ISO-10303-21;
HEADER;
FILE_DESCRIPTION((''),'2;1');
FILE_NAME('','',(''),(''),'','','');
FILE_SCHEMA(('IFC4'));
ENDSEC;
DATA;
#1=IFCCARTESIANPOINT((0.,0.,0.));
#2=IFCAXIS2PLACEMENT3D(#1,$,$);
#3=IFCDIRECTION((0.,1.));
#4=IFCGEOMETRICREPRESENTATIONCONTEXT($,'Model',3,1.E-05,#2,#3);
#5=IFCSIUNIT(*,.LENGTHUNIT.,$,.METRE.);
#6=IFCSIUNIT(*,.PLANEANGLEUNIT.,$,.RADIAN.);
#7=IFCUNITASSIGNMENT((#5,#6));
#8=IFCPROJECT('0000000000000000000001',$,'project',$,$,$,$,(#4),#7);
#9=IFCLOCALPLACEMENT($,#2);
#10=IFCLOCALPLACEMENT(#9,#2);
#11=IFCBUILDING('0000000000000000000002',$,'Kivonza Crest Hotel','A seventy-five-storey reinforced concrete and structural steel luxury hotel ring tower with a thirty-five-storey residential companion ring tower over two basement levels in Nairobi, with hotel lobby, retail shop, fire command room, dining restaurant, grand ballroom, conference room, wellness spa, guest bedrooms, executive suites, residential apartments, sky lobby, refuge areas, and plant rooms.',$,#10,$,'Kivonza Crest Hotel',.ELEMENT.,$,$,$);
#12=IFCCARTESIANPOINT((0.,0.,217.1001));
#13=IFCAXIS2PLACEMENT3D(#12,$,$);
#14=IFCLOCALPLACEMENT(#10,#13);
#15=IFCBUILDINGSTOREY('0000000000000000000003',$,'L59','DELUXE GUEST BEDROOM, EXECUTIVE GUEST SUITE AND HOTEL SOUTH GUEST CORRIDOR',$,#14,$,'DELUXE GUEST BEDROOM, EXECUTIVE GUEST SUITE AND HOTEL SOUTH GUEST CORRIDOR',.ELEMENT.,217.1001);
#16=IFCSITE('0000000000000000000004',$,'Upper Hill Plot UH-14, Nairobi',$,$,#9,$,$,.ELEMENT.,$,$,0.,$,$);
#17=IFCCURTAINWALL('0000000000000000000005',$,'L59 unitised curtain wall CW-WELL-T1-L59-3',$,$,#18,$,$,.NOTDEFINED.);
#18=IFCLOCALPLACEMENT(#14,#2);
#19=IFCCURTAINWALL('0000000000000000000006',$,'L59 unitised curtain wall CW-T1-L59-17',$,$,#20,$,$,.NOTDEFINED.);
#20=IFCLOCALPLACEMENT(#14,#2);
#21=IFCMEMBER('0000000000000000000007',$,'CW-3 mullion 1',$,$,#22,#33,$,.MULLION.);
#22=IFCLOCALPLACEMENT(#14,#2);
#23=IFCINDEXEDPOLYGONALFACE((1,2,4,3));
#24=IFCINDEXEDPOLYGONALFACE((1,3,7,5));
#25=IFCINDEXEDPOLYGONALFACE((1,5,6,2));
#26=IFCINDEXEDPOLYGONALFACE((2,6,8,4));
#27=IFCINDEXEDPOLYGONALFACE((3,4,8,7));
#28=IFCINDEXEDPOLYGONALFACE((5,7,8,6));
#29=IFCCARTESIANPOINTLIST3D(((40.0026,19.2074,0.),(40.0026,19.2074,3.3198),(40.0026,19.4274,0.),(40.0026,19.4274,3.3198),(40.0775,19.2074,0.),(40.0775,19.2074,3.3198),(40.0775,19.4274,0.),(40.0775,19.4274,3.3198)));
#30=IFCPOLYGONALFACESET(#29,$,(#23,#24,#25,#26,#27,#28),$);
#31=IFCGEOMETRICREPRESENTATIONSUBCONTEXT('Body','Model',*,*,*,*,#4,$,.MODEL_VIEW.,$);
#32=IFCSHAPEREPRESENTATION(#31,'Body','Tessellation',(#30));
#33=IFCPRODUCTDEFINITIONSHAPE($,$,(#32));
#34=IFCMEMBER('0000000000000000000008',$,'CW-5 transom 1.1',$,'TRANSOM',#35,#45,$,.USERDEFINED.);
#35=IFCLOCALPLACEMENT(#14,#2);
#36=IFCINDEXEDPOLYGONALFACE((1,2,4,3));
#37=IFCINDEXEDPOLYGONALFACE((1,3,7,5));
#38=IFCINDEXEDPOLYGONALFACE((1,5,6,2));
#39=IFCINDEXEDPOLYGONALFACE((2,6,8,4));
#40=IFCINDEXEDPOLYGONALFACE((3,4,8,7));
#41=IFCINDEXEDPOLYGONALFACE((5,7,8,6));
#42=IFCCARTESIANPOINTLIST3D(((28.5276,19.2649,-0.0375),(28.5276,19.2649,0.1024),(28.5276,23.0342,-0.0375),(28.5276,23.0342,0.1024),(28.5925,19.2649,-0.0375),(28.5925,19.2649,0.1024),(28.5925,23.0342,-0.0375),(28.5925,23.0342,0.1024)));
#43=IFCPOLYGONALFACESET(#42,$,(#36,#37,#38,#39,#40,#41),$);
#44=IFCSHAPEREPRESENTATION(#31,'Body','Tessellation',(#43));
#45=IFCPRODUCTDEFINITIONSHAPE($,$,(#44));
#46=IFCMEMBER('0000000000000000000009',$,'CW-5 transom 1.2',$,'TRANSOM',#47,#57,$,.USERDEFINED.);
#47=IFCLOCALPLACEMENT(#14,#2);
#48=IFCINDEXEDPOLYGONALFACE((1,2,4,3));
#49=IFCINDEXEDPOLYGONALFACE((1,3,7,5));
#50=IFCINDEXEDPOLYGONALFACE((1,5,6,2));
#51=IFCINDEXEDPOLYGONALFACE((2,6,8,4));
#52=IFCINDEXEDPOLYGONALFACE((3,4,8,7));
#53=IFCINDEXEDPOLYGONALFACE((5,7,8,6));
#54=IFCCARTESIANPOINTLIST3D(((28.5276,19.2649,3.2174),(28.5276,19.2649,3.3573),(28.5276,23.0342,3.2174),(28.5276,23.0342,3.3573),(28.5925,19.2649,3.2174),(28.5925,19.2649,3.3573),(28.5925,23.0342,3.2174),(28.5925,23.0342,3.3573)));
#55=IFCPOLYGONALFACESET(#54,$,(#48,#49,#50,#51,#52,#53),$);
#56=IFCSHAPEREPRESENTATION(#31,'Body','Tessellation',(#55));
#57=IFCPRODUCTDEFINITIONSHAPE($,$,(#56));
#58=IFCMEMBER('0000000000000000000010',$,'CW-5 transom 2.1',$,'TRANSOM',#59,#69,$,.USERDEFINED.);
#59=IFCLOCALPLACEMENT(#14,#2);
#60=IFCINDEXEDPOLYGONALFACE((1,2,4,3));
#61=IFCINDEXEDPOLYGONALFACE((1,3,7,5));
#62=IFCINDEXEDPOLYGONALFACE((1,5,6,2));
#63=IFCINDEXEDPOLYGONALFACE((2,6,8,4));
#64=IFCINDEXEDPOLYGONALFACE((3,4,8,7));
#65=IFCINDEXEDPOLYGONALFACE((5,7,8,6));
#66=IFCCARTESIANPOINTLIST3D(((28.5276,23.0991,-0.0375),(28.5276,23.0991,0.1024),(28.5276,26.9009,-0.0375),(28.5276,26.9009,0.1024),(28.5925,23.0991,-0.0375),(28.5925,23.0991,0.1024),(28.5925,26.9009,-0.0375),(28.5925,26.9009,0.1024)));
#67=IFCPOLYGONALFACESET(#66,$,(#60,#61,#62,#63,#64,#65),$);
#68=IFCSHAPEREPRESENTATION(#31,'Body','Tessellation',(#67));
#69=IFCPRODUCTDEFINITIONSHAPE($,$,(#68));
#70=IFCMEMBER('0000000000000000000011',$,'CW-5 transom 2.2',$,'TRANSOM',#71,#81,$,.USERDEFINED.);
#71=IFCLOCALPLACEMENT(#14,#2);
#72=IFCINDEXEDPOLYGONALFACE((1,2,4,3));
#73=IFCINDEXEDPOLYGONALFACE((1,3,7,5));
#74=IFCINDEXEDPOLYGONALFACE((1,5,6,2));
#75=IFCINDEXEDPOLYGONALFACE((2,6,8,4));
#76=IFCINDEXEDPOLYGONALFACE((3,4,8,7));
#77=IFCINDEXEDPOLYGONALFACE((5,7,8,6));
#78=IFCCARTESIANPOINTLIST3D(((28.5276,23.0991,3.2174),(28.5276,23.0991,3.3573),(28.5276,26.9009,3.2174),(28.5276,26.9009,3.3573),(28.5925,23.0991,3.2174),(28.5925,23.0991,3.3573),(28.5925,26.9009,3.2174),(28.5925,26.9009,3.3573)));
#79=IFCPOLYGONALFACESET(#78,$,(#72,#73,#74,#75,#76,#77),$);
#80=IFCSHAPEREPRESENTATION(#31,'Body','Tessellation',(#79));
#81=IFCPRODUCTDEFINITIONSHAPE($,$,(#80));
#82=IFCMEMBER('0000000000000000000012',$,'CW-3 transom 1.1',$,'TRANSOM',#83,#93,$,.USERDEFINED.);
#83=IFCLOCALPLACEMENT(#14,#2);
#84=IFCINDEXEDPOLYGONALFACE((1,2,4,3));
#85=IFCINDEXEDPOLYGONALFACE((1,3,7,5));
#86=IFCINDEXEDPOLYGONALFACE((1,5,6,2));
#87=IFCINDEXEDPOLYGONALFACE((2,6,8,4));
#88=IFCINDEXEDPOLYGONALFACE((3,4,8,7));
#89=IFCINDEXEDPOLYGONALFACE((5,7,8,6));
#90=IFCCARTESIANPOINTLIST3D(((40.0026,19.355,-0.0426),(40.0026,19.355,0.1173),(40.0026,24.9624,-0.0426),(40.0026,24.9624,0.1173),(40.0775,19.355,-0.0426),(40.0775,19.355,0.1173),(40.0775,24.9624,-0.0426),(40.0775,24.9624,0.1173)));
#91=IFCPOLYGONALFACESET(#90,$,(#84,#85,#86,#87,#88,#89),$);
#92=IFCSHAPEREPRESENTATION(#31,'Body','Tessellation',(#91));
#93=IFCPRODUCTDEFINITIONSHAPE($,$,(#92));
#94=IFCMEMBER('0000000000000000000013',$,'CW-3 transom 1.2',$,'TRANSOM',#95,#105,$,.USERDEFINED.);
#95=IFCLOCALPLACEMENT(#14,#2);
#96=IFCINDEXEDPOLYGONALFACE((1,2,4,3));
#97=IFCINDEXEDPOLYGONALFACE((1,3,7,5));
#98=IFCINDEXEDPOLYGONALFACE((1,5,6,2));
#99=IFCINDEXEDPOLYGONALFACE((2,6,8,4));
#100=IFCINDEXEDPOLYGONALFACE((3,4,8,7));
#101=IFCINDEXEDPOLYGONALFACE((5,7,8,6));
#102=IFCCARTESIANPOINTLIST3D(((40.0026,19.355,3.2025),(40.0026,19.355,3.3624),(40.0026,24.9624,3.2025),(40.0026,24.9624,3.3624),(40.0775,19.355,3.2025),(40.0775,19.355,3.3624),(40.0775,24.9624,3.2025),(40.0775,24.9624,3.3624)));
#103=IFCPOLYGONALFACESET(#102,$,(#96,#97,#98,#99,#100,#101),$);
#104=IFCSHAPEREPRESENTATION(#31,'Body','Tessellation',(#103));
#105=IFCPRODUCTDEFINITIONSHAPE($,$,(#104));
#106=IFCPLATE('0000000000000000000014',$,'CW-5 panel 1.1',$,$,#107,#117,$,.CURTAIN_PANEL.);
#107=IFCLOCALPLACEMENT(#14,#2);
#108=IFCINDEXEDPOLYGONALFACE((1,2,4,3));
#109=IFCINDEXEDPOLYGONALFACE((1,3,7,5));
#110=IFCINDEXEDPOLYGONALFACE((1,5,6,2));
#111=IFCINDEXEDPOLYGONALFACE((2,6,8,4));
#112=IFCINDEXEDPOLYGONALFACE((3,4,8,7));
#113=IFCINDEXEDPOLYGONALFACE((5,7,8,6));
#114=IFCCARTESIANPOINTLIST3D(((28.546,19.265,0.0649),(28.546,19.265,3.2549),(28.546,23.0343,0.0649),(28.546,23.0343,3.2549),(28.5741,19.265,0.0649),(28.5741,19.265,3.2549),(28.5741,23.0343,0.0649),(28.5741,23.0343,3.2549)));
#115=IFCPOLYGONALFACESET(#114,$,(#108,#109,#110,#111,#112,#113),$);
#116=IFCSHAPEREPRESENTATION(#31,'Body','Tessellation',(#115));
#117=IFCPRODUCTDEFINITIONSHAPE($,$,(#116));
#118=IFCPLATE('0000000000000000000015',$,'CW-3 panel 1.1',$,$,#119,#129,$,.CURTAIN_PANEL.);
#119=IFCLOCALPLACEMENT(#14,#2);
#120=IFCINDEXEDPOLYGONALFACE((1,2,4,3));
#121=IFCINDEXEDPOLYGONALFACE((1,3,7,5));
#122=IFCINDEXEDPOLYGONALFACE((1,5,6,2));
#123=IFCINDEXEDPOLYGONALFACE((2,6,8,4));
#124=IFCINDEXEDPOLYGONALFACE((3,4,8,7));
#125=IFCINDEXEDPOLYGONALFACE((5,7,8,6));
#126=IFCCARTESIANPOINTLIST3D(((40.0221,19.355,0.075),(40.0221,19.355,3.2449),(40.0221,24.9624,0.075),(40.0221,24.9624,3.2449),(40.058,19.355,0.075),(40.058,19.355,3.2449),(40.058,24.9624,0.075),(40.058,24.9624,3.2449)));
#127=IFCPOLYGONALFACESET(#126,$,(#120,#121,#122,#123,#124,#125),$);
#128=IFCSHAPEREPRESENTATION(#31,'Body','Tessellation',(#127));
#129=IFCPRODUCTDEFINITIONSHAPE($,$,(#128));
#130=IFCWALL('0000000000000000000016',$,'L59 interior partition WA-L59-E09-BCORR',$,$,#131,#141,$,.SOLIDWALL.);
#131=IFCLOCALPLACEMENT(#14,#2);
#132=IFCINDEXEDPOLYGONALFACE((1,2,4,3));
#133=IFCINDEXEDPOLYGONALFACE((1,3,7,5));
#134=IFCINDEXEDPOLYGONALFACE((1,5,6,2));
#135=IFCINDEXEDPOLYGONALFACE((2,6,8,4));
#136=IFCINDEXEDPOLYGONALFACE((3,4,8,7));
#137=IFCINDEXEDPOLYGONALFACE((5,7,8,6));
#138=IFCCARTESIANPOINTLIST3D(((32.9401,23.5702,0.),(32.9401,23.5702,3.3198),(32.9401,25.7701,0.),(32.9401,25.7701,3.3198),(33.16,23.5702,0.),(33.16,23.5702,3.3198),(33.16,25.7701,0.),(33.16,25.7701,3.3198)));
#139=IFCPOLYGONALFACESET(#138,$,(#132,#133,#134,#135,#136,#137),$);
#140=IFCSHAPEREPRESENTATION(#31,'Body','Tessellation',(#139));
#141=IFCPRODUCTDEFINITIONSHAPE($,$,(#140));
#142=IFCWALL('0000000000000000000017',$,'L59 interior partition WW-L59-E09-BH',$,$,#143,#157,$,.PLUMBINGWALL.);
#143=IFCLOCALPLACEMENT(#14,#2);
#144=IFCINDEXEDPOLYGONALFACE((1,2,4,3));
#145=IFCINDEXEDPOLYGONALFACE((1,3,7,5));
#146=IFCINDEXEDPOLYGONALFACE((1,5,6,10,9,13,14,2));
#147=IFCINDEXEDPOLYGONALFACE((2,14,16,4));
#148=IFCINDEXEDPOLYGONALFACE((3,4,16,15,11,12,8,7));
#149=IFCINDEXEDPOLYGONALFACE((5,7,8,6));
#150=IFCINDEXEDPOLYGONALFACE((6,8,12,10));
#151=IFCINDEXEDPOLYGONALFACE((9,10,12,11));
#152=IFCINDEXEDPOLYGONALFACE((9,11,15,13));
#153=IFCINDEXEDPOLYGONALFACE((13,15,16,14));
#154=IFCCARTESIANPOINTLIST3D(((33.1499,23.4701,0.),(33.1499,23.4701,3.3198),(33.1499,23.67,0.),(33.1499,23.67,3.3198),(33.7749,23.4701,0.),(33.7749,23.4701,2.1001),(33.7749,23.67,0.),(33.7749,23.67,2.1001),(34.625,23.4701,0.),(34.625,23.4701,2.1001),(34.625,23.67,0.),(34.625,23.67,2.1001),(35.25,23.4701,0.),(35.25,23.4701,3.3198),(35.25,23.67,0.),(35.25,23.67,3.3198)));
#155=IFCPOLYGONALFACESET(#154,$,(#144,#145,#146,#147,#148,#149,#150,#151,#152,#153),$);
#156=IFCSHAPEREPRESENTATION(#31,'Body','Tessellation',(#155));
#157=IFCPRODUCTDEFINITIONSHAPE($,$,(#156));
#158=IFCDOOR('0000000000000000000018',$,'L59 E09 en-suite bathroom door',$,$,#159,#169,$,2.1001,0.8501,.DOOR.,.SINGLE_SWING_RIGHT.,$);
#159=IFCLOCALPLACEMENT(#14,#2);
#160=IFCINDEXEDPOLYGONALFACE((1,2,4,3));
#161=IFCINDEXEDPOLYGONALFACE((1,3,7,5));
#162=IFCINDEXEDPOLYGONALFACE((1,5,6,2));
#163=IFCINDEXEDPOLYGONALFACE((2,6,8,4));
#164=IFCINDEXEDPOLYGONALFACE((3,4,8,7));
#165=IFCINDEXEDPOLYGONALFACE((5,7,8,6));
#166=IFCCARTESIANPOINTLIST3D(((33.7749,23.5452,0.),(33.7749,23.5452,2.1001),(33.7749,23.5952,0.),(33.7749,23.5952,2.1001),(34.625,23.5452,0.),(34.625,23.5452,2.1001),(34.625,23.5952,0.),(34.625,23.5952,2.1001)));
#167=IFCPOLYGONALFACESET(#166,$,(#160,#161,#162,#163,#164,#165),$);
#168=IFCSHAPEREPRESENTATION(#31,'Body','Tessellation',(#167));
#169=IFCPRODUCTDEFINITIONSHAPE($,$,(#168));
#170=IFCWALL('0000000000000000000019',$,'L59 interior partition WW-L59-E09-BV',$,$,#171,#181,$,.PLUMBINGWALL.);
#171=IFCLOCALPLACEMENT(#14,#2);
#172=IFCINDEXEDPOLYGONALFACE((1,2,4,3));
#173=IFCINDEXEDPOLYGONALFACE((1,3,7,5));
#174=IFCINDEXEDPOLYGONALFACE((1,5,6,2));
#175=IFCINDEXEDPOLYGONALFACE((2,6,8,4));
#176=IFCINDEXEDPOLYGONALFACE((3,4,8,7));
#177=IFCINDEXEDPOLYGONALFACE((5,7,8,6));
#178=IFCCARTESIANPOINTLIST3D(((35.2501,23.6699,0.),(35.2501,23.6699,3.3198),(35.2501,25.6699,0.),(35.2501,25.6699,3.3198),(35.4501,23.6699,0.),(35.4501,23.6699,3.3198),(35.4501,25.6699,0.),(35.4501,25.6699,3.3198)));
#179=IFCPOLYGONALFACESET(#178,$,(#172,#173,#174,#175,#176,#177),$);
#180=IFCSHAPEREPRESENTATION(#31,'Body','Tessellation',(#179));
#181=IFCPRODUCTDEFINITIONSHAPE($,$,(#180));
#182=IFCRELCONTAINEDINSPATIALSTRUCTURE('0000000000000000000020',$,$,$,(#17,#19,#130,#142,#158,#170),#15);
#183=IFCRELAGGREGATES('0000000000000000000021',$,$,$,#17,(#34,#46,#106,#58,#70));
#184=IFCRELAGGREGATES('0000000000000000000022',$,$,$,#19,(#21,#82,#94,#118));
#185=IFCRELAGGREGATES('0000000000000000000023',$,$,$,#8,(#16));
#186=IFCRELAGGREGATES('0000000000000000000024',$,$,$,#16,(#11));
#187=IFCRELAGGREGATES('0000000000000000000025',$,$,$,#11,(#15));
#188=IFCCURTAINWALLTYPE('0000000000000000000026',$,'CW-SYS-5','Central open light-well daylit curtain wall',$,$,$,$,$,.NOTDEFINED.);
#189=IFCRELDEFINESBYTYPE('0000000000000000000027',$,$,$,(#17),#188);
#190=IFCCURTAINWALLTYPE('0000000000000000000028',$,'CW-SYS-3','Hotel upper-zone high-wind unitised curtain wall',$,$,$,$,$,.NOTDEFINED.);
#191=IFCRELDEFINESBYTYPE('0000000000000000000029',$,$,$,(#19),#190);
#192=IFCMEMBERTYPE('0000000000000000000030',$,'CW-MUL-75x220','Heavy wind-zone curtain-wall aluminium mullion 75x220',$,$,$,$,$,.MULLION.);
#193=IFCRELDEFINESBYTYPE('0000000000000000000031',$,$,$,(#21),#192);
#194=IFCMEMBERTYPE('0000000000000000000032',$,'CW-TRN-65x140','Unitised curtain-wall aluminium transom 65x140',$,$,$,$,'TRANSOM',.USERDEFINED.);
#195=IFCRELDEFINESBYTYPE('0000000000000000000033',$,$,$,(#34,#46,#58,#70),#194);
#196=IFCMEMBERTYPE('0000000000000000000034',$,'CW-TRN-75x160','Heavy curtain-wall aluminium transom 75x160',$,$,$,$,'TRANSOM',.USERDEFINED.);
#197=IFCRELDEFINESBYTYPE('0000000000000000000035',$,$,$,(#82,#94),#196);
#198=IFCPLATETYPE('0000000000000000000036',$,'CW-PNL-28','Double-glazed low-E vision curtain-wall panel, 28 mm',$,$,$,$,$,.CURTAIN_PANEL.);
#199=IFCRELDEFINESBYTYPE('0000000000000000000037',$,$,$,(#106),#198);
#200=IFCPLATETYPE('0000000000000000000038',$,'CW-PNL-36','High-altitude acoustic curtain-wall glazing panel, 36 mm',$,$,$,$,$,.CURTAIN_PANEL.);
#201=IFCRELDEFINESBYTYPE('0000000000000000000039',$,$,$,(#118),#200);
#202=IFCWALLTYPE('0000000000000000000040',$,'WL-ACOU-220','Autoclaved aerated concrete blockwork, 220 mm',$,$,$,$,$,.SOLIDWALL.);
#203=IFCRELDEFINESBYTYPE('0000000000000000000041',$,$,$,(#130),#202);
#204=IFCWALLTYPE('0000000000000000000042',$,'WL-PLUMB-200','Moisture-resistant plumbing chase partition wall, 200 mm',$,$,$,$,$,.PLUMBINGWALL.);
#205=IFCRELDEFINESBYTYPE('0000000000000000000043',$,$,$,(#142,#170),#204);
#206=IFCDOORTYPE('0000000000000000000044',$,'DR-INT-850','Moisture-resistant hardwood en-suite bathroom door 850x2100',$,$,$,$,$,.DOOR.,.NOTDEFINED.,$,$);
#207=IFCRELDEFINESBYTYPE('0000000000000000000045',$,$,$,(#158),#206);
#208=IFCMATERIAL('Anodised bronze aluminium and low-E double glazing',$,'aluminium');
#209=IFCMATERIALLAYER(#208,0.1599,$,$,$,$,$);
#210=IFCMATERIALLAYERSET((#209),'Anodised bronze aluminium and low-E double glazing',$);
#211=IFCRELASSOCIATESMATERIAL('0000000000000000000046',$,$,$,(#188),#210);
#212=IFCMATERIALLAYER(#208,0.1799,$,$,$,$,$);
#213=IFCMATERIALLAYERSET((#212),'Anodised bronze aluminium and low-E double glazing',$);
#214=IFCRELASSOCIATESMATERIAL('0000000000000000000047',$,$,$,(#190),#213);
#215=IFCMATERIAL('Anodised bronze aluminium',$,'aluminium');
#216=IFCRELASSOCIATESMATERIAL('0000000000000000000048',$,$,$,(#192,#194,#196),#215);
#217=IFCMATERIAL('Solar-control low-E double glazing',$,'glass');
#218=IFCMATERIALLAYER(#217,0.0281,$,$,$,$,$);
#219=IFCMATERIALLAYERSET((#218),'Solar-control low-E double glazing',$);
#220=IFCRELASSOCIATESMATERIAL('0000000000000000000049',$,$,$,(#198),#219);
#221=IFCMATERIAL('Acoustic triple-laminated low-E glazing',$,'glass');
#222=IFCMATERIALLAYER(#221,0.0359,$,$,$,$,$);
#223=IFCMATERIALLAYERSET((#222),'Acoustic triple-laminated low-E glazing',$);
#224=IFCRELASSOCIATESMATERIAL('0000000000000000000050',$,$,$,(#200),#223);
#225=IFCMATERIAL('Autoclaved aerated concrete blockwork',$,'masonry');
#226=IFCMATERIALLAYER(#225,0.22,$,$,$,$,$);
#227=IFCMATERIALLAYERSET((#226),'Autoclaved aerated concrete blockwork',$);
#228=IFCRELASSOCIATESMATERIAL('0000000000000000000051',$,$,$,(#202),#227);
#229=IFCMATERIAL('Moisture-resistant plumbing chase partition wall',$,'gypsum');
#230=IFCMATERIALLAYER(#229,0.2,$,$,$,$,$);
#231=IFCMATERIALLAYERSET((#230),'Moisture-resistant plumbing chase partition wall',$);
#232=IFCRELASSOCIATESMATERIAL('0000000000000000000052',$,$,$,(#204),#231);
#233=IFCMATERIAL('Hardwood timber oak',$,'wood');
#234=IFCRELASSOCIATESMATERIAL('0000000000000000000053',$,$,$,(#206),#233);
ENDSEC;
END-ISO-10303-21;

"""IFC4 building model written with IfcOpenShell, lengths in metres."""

from ifc_helpers import new_model, si_unit, direction, frame, frame_2d, origin, origin_2d, place, context, subcontext, project, spatial, rectangle, extrude, material, layer, layer_set, material_profile, profile_set, type_object, element, fill, aggregate, save


model = new_model("IFC4")

# Units and contexts
model_context = context("Model", 3, precision=1e-05, world=origin(), true_north=direction((0.0, 1.0)))
body_context = subcontext(model_context, "Body", "Model", "MODEL_VIEW")
ifc_project = project(units=[si_unit("LENGTHUNIT", "METRE"), si_unit("PLANEANGLEUNIT", "RADIAN")], contexts=[model_context])

# Site, building, storey
site_placement = place(None, origin())
site = spatial("IfcSite", under=ifc_project, at=site_placement, Name="Upper Hill Plot UH-14, Nairobi", CompositionType="ELEMENT", RefElevation=0.0)
building_placement = place(site_placement, origin())
building = spatial("IfcBuilding", under=site, at=building_placement, Name="Kivonza Crest Hotel", Description="A seventy-five-storey reinforced concrete and structural steel luxury hotel ring tower with a thirty-five-storey residential companion ring tower over two basement levels in Nairobi, with hotel lobby, retail shop, fire command room, dining restaurant, grand ballroom, conference room, wellness spa, guest bedrooms, executive suites, residential apartments, sky lobby, refuge areas, and plant rooms.", LongName="Kivonza Crest Hotel", CompositionType="ELEMENT")
storey_placement = place(building_placement, frame((0.0, 0.0, 217.1001)))
storey = spatial("IfcBuildingStorey", under=building, at=storey_placement, Name="L59", Description="DELUXE GUEST BEDROOM, EXECUTIVE GUEST SUITE AND HOTEL SOUTH GUEST CORRIDOR", LongName="DELUXE GUEST BEDROOM, EXECUTIVE GUEST SUITE AND HOTEL SOUTH GUEST CORRIDOR", CompositionType="ELEMENT", Elevation=217.1001)

# Curtain walls, member
ifc_material_1 = material(Name="Anodised bronze aluminium and low-E double glazing", Category="aluminium")
ifc_layer_1 = layer(ifc_material_1, 0.1599)
ifc_layer_set_1 = layer_set([ifc_layer_1], Name="Anodised bronze aluminium and low-E double glazing")
curtain_wall_type_1 = type_object("IfcCurtainWallType", Name="CW-SYS-5", Description="Central open light-well daylit curtain wall", PredefinedType="NOTDEFINED", material=ifc_layer_set_1)
curtain_wall_1_placement = place(storey_placement, origin())
curtain_wall_1 = element("IfcCurtainWall", 1, at=curtain_wall_1_placement, inside=storey, type_object=curtain_wall_type_1, Name="L59 unitised curtain wall CW-WELL-T1-L59-3", PredefinedType="NOTDEFINED")
ifc_material_2 = material(Name="Anodised bronze aluminium", Category="aluminium")
ifc_layer_2 = layer(ifc_material_1, 0.1799)
ifc_layer_set_2 = layer_set([ifc_layer_2], Name="Anodised bronze aluminium and low-E double glazing")
curtain_wall_type_2 = type_object("IfcCurtainWallType", Name="CW-SYS-3", Description="Hotel upper-zone high-wind unitised curtain wall", PredefinedType="NOTDEFINED", material=ifc_layer_set_2)
curtain_wall_2_placement = place(storey_placement, origin())
curtain_wall_2 = element("IfcCurtainWall", 2, at=curtain_wall_2_placement, inside=storey, type_object=curtain_wall_type_2, Name="L59 unitised curtain wall CW-T1-L59-17", PredefinedType="NOTDEFINED")
ifc_material_profile_1 = material_profile(ifc_material_2, rectangle(XDim=0.075, YDim=0.22, at=origin_2d()), Name="CW-M 75x220")
ifc_profile_set_1 = profile_set([ifc_material_profile_1], Name="Anodised bronze aluminium")
member_type_1 = type_object("IfcMemberType", Name="CW-MUL-75x220", Description="Heavy wind-zone curtain-wall aluminium mullion 75x220", PredefinedType="MULLION", material=ifc_profile_set_1)
member_1_placement = place(storey_placement, frame((40.04, 19.3174, 0.0), z_axis=(0.0, 0.0, 1.0), x_axis=(-1.0, 0.0, 0.0)))
member_1 = element("IfcMember", 3, at=member_1_placement, type_object=member_type_1, Name="CW-3 mullion 1", PredefinedType="MULLION", context=body_context, shape_type="SweptSolid", body=[
    extrude(rectangle(XDim=0.075, YDim=0.22, at=origin_2d()), origin(), (0.0, 0.0, 1.0), 3.3198),
])

# Members
ifc_material_profile_2 = material_profile(ifc_material_2, rectangle(XDim=0.0649, YDim=0.1399, at=origin_2d()), Name="CW-T 65x140")
ifc_profile_set_2 = profile_set([ifc_material_profile_2], Name="Anodised bronze aluminium")
member_type_2 = type_object("IfcMemberType", Name="CW-TRN-65x140", Description="Unitised curtain-wall aluminium transom 65x140", ElementType="TRANSOM", PredefinedType="USERDEFINED", material=ifc_profile_set_2)
member_2_placement = place(storey_placement, frame((28.5601, 19.2649, 0.0325), z_axis=(0.0, 1.0, 0.0), x_axis=(-1.0, 0.0, 0.0)))
member_2 = element("IfcMember", 4, at=member_2_placement, type_object=member_type_2, Name="CW-5 transom 1.1", ObjectType="TRANSOM", PredefinedType="USERDEFINED", context=body_context, shape_type="SweptSolid", body=[
    extrude(rectangle(XDim=0.0649, YDim=0.1399, at=origin_2d()), origin(), (0.0, 0.0, 1.0), 3.7693),
])
member_3_placement = place(storey_placement, frame((28.5601, 19.2649, 3.2874), z_axis=(0.0, 1.0, 0.0), x_axis=(-1.0, 0.0, 0.0)))
member_3 = element("IfcMember", 5, at=member_3_placement, type_object=member_type_2, Name="CW-5 transom 1.2", ObjectType="TRANSOM", PredefinedType="USERDEFINED", context=body_context, shape_type="SweptSolid", body=[
    extrude(rectangle(XDim=0.0649, YDim=0.1399, at=origin_2d()), origin(), (0.0, 0.0, 1.0), 3.7693),
])
member_4_placement = place(storey_placement, frame((28.5601, 23.0991, 0.0325), z_axis=(0.0, 1.0, 0.0), x_axis=(-1.0, 0.0, 0.0)))
member_4 = element("IfcMember", 6, at=member_4_placement, type_object=member_type_2, Name="CW-5 transom 2.1", ObjectType="TRANSOM", PredefinedType="USERDEFINED", context=body_context, shape_type="SweptSolid", body=[
    extrude(rectangle(XDim=0.0649, YDim=0.1399, at=origin_2d()), origin(), (0.0, 0.0, 1.0), 3.8018),
])
member_5_placement = place(storey_placement, frame((28.5601, 23.0991, 3.2874), z_axis=(0.0, 1.0, 0.0), x_axis=(-1.0, 0.0, 0.0)))
member_5 = element("IfcMember", 7, at=member_5_placement, type_object=member_type_2, Name="CW-5 transom 2.2", ObjectType="TRANSOM", PredefinedType="USERDEFINED", context=body_context, shape_type="SweptSolid", body=[
    extrude(rectangle(XDim=0.0649, YDim=0.1399, at=origin_2d()), origin(), (0.0, 0.0, 1.0), 3.8018),
])
ifc_material_profile_3 = material_profile(ifc_material_2, rectangle(XDim=0.075, YDim=0.1599, at=origin_2d()), Name="CW-T 75x160")
ifc_profile_set_3 = profile_set([ifc_material_profile_3], Name="Anodised bronze aluminium")
member_type_3 = type_object("IfcMemberType", Name="CW-TRN-75x160", Description="Heavy curtain-wall aluminium transom 75x160", ElementType="TRANSOM", PredefinedType="USERDEFINED", material=ifc_profile_set_3)
member_6_placement = place(storey_placement, frame((40.04, 19.355, 0.0374), z_axis=(0.0, 1.0, 0.0), x_axis=(-1.0, 0.0, 0.0)))
member_6 = element("IfcMember", 8, at=member_6_placement, type_object=member_type_3, Name="CW-3 transom 1.1", ObjectType="TRANSOM", PredefinedType="USERDEFINED", context=body_context, shape_type="SweptSolid", body=[
    extrude(rectangle(XDim=0.075, YDim=0.1599, at=origin_2d()), origin(), (0.0, 0.0, 1.0), 5.6074),
])
member_7_placement = place(storey_placement, frame((40.04, 19.355, 3.2825), z_axis=(0.0, 1.0, 0.0), x_axis=(-1.0, 0.0, 0.0)))
member_7 = element("IfcMember", 9, at=member_7_placement, type_object=member_type_3, Name="CW-3 transom 1.2", ObjectType="TRANSOM", PredefinedType="USERDEFINED", context=body_context, shape_type="SweptSolid", body=[
    extrude(rectangle(XDim=0.075, YDim=0.1599, at=origin_2d()), origin(), (0.0, 0.0, 1.0), 5.6074),
])

# Plates
ifc_material_3 = material(Name="Solar-control low-E double glazing", Category="glass")
ifc_layer_3 = layer(ifc_material_3, 0.0281)
ifc_layer_set_3 = layer_set([ifc_layer_3], Name="Solar-control low-E double glazing")
plate_type_1 = type_object("IfcPlateType", Name="CW-PNL-28", Description="Double-glazed low-E vision curtain-wall panel, 28 mm", PredefinedType="CURTAIN_PANEL", material=ifc_layer_set_3)
plate_1_placement = place(storey_placement, frame((28.5601, 21.1497, 0.0649), z_axis=(0.0, 0.0, 1.0), x_axis=(0.0, 1.0, 0.0)))
plate_1 = element("IfcPlate", 10, at=plate_1_placement, type_object=plate_type_1, Name="CW-5 panel 1.1", PredefinedType="CURTAIN_PANEL", context=body_context, shape_type="SweptSolid", body=[
    extrude(rectangle(XDim=3.7693, YDim=0.0281, at=origin_2d()), origin(), (0.0, 0.0, 1.0), 3.1899),
])
aggregate(curtain_wall_1, [member_2, member_3, plate_1, member_4, member_5])
ifc_material_4 = material(Name="Acoustic triple-laminated low-E glazing", Category="glass")
ifc_layer_4 = layer(ifc_material_4, 0.0359)
ifc_layer_set_4 = layer_set([ifc_layer_4], Name="Acoustic triple-laminated low-E glazing")
plate_type_2 = type_object("IfcPlateType", Name="CW-PNL-36", Description="High-altitude acoustic curtain-wall glazing panel, 36 mm", PredefinedType="CURTAIN_PANEL", material=ifc_layer_set_4)
plate_2_placement = place(storey_placement, frame((40.04, 22.1587, 0.075), z_axis=(0.0, 0.0, 1.0), x_axis=(0.0, 1.0, 0.0)))
plate_2 = element("IfcPlate", 11, at=plate_2_placement, type_object=plate_type_2, Name="CW-3 panel 1.1", PredefinedType="CURTAIN_PANEL", context=body_context, shape_type="SweptSolid", body=[
    extrude(rectangle(XDim=5.6074, YDim=0.0359, at=origin_2d()), origin(), (0.0, 0.0, 1.0), 3.1699),
])
aggregate(curtain_wall_2, [member_1, member_6, member_7, plate_2])

# Wall
ifc_material_5 = material(Name="Autoclaved aerated concrete blockwork", Category="masonry")
ifc_layer_5 = layer(ifc_material_5, 0.22)
ifc_layer_set_5 = layer_set([ifc_layer_5], Name="Autoclaved aerated concrete blockwork")
wall_type_1 = type_object("IfcWallType", Name="WL-ACOU-220", Description="Autoclaved aerated concrete blockwork, 220 mm", PredefinedType="SOLIDWALL", material=ifc_layer_set_5)
wall_1_placement = place(storey_placement, frame((33.05, 23.5701, 0.0), z_axis=(0.0, 0.0, 1.0), x_axis=(0.0, 1.0, 0.0)))
element("IfcWall", 12, at=wall_1_placement, inside=storey, type_object=wall_type_1, Name="L59 interior partition WA-L59-E09-BCORR", PredefinedType="SOLIDWALL", context=body_context, shape_type="SweptSolid", body=[
    extrude(rectangle(XDim=2.2, YDim=0.22, at=frame_2d((1.1001, 0.0))), origin(), (0.0, 0.0, 1.0), 3.3198),
])

# Wall, opening, door
ifc_material_6 = material(Name="Moisture-resistant plumbing chase partition wall", Category="gypsum")
ifc_layer_6 = layer(ifc_material_6, 0.2)
ifc_layer_set_6 = layer_set([ifc_layer_6], Name="Moisture-resistant plumbing chase partition wall")
wall_type_2 = type_object("IfcWallType", Name="WL-PLUMB-200", Description="Moisture-resistant plumbing chase partition wall, 200 mm", PredefinedType="PLUMBINGWALL", material=ifc_layer_set_6)
wall_2_placement = place(storey_placement, frame((33.1499, 23.5701, 0.0), z_axis=(0.0, 0.0, 1.0), x_axis=(1.0, 0.0, 0.0)))
wall_2 = element("IfcWall", 13, at=wall_2_placement, inside=storey, type_object=wall_type_2, Name="L59 interior partition WW-L59-E09-BH", PredefinedType="PLUMBINGWALL", context=body_context, shape_type="SweptSolid", body=[
    extrude(rectangle(XDim=2.1001, YDim=0.2, at=frame_2d((1.05, 0.0))), origin(), (0.0, 0.0, 1.0), 3.3198),
])
opening_placement = place(wall_2_placement, frame((0.625, 0.0, 0.0)))
opening = element("IfcOpeningElement", 14, at=opening_placement, cuts=wall_2, PredefinedType="OPENING", context=body_context, shape_type="SweptSolid", body=[
    extrude(rectangle(XDim=0.8501, YDim=2.1001, at=frame_2d((0.425, 1.05))), frame((0.0, 0.1099, 0.0), z_axis=(0.0, -1.0, 0.0), x_axis=(1.0, 0.0, 0.0)), (0.0, 0.0, 1.0), 0.22),
])
ifc_material_7 = material(Name="Hardwood timber oak", Category="wood")
door_type = type_object("IfcDoorType", Name="DR-INT-850", Description="Moisture-resistant hardwood en-suite bathroom door 850x2100", OperationType="NOTDEFINED", PredefinedType="DOOR", material=ifc_material_7)
door_placement = place(opening_placement, frame((0.8501, 0.0, 0.0), z_axis=(0.0, 0.0, 1.0), x_axis=(-1.0, 0.0, 0.0)))
door = element("IfcDoor", 15, at=door_placement, inside=storey, type_object=door_type, Name="L59 E09 en-suite bathroom door", OperationType="SINGLE_SWING_RIGHT", OverallHeight=2.1001, OverallWidth=0.8501, PredefinedType="DOOR", context=body_context, shape_type="SweptSolid", body=[
    extrude(rectangle(XDim=0.8501, YDim=2.1001, at=frame_2d((0.425, 1.05))), frame((0.0, 0.0249, 0.0), z_axis=(0.0, -1.0, 0.0), x_axis=(1.0, 0.0, 0.0)), (0.0, 0.0, 1.0), 0.05),
])
fill(opening, door)

# Wall
wall_3_placement = place(storey_placement, frame((35.3501, 23.6699, 0.0), z_axis=(0.0, 0.0, 1.0), x_axis=(0.0, 1.0, 0.0)))
element("IfcWall", 16, at=wall_3_placement, inside=storey, type_object=wall_type_2, Name="L59 interior partition WW-L59-E09-BV", PredefinedType="PLUMBINGWALL", context=body_context, shape_type="SweptSolid", body=[
    extrude(rectangle(XDim=2.0, YDim=0.2, at=frame_2d((1.0, 0.0))), origin(), (0.0, 0.0, 1.0), 3.3198),
])

save(model, "model.ifc")
